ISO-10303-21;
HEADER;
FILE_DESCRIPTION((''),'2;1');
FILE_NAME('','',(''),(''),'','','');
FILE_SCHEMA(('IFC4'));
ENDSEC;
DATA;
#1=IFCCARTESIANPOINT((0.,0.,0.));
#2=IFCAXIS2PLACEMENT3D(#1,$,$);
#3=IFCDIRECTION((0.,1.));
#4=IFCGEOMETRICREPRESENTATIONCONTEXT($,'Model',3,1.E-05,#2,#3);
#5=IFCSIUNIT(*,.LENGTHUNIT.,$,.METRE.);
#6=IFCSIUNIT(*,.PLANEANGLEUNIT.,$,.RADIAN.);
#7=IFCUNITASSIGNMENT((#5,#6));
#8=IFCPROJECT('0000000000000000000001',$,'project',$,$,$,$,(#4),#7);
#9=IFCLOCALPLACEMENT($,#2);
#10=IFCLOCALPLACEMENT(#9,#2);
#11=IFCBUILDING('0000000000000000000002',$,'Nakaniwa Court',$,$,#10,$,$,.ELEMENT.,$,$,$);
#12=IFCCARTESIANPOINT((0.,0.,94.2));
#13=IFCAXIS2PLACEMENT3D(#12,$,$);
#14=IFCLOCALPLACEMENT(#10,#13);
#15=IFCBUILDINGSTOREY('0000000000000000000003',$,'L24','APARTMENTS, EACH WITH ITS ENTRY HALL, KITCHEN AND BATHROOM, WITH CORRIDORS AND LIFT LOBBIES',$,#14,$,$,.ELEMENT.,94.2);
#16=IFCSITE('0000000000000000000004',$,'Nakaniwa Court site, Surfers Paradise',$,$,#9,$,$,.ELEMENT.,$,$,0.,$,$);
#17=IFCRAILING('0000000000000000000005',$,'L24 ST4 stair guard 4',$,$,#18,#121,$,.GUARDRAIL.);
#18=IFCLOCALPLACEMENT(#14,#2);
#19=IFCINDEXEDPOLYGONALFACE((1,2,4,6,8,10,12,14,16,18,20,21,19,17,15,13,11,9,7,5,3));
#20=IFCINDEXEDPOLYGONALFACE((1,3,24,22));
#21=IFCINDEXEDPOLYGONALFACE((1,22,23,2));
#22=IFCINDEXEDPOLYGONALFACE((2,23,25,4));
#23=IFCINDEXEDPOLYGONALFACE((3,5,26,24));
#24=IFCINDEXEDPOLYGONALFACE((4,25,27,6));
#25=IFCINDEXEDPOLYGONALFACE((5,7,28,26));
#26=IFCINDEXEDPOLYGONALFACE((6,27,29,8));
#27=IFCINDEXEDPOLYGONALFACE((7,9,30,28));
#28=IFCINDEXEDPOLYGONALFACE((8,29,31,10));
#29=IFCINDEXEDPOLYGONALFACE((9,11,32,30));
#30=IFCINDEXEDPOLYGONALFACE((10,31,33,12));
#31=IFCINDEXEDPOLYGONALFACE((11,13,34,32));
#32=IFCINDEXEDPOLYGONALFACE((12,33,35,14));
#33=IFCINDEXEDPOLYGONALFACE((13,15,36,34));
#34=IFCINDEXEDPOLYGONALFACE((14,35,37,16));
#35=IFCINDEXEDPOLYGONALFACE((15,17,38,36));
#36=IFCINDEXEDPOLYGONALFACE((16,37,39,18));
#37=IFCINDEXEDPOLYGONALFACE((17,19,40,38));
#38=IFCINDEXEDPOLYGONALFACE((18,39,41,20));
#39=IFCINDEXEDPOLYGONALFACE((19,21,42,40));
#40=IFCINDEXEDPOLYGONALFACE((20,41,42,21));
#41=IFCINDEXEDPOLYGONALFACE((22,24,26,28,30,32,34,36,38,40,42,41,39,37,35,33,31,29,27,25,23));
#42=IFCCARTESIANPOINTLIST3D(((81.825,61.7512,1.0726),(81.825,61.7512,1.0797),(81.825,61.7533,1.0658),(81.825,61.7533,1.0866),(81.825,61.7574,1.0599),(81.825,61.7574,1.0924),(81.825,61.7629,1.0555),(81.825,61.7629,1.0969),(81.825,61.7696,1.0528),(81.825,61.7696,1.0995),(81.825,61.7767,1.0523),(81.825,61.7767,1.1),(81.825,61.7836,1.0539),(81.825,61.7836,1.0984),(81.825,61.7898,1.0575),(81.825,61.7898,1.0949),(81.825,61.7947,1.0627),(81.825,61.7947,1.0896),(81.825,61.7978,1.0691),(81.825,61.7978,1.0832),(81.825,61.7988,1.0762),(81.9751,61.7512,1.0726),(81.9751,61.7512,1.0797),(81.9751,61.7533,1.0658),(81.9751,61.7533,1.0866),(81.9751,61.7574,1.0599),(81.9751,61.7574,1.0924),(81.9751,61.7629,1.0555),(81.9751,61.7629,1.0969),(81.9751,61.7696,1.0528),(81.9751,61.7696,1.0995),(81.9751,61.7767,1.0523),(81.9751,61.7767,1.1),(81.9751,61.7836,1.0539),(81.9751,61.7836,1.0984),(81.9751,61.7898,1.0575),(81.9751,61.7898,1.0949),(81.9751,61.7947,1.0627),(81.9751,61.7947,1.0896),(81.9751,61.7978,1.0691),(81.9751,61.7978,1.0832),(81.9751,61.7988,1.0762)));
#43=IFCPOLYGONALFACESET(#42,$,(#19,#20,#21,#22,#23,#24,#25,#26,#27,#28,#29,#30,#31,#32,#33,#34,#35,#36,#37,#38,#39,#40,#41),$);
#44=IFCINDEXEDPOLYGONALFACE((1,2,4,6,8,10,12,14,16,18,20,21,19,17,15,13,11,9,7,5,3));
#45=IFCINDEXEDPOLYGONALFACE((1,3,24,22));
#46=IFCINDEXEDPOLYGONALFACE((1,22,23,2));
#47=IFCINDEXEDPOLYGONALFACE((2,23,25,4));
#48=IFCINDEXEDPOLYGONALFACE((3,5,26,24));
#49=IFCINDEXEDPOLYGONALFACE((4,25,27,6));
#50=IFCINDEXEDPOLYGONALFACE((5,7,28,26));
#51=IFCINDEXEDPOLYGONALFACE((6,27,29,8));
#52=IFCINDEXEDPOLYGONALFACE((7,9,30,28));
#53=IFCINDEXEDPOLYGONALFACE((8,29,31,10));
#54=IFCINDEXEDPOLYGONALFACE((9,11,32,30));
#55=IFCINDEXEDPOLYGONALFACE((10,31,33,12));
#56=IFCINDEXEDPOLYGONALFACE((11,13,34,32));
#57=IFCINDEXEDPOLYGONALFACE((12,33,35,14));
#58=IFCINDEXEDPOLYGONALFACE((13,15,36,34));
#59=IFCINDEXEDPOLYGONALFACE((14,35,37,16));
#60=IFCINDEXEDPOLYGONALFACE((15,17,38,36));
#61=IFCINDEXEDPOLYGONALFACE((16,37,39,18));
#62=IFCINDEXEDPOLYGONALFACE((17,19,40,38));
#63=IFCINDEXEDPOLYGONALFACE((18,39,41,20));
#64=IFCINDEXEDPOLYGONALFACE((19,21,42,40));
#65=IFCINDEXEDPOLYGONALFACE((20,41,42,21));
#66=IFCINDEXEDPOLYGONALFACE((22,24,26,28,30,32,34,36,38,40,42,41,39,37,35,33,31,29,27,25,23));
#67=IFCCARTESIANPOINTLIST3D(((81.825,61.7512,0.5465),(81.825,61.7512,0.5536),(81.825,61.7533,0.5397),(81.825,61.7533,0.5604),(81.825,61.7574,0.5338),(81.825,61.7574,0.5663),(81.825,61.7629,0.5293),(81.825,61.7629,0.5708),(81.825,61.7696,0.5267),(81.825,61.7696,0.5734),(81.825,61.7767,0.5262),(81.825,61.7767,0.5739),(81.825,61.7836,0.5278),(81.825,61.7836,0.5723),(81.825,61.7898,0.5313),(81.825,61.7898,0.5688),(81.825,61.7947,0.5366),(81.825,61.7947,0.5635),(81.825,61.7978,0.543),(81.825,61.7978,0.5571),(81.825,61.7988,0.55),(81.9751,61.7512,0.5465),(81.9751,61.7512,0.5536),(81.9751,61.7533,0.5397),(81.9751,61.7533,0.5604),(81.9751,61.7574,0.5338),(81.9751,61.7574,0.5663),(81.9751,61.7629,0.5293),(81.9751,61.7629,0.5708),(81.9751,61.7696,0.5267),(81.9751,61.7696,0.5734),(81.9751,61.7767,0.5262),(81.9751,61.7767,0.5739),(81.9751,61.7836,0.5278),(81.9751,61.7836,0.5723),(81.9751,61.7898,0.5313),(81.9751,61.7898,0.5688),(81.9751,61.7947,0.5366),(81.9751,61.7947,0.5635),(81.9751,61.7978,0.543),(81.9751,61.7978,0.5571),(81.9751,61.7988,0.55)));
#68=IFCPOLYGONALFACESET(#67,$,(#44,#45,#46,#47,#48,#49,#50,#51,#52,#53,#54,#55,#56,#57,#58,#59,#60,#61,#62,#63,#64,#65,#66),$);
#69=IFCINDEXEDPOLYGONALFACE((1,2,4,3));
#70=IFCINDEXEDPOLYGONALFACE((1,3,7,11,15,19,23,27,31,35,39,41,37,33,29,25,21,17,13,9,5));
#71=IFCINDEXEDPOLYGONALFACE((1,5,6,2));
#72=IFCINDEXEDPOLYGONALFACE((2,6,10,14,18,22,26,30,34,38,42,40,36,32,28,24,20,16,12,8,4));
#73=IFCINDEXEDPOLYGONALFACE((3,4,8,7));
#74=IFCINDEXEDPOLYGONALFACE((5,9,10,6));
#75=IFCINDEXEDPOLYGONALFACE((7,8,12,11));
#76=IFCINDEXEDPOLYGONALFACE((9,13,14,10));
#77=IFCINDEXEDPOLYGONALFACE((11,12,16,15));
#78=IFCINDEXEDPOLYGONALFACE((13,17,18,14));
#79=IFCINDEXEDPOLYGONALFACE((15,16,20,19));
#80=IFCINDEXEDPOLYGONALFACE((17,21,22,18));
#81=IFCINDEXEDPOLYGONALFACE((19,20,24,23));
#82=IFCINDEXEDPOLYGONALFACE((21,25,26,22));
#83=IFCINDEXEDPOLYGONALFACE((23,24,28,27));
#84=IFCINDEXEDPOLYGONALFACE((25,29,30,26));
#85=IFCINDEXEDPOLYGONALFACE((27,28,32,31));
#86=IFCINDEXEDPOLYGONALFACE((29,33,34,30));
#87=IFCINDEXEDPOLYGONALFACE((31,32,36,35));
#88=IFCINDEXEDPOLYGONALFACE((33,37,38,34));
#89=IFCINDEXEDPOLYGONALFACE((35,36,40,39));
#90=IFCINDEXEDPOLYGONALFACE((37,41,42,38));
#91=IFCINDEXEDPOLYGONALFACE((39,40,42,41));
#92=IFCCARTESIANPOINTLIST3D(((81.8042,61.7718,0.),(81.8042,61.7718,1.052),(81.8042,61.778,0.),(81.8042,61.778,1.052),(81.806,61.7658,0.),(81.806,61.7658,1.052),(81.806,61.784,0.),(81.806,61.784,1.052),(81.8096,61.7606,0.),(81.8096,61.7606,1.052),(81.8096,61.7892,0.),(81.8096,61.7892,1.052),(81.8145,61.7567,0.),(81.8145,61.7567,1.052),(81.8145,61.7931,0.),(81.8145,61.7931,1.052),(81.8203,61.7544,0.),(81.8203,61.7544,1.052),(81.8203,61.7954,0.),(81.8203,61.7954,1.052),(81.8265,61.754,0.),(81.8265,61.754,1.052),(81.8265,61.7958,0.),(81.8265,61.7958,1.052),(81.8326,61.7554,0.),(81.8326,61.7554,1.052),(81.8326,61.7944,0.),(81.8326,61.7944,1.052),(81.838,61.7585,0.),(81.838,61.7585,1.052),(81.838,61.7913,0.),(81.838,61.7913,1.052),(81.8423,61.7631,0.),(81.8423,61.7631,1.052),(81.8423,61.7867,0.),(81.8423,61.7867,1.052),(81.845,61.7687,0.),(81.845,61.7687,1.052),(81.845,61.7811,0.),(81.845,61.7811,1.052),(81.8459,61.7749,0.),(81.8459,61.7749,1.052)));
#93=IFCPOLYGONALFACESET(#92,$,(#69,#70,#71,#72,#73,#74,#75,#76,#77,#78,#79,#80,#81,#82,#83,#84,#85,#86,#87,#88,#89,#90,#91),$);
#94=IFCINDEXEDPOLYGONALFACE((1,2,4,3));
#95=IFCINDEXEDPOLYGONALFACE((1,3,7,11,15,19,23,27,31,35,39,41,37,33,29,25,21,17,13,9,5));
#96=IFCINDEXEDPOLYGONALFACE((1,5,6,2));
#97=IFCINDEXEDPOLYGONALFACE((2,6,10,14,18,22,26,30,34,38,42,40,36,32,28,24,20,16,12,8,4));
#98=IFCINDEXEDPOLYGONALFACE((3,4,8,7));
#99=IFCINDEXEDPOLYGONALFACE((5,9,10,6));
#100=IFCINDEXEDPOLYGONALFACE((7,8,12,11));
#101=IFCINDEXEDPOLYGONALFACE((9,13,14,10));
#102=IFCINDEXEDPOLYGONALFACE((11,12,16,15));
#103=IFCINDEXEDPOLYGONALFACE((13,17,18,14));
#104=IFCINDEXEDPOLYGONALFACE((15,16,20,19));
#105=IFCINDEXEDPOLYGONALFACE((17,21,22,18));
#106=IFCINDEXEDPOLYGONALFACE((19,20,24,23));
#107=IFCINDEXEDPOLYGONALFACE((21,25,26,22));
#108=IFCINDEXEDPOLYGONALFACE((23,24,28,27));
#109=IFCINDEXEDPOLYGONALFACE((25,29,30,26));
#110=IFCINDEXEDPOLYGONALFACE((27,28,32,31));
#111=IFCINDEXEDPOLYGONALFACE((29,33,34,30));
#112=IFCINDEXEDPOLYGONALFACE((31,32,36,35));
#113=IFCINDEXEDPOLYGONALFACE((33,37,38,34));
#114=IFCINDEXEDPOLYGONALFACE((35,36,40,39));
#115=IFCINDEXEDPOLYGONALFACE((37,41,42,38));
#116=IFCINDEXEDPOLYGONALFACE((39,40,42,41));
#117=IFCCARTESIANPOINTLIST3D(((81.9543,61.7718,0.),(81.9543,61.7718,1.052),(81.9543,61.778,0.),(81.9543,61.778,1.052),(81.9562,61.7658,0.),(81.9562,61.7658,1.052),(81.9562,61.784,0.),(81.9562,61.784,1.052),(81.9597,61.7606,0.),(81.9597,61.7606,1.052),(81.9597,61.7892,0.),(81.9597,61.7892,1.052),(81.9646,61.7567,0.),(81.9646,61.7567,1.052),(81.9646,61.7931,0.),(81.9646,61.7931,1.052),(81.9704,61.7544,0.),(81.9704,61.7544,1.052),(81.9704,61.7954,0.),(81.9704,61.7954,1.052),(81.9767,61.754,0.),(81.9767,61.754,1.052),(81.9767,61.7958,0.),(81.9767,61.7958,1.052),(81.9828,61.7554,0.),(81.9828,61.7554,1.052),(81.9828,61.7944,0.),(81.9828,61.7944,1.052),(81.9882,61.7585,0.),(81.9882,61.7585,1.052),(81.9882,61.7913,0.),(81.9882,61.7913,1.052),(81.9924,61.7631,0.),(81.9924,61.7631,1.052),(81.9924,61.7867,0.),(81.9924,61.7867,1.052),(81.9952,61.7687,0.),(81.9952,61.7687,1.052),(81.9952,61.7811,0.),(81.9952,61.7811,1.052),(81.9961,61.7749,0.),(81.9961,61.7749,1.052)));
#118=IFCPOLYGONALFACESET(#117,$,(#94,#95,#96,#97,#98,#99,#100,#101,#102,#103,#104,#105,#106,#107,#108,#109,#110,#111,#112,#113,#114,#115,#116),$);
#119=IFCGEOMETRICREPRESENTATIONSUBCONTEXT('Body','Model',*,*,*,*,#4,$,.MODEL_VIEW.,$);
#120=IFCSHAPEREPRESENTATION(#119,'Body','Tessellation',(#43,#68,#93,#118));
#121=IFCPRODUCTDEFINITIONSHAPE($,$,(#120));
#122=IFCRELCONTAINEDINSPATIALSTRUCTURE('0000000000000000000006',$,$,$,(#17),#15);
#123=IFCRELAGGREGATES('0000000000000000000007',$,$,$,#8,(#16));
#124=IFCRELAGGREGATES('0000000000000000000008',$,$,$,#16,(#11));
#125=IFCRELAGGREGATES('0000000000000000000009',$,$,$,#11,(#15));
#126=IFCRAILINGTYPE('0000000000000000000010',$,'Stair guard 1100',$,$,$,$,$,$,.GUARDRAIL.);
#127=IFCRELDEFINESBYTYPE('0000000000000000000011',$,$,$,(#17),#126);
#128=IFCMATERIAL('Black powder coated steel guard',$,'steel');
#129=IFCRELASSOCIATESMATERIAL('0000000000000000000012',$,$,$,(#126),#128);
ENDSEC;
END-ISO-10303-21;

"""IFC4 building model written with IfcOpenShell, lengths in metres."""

from ifc_helpers import new_model, si_unit, direction, frame, origin, origin_2d, place, context, subcontext, project, spatial, circle, extrude, material, type_object, element, save


model = new_model("IFC4")

# Units and contexts
model_context = context("Model", 3, precision=1e-05, world=origin(), true_north=direction((0.0, 1.0)))
body_context = subcontext(model_context, "Body", "Model", "MODEL_VIEW")
ifc_project = project(units=[si_unit("LENGTHUNIT", "METRE"), si_unit("PLANEANGLEUNIT", "RADIAN")], contexts=[model_context])

# Site, building, storey
site_placement = place(None, origin())
site = spatial("IfcSite", under=ifc_project, at=site_placement, Name="Nakaniwa Court site, Surfers Paradise", CompositionType="ELEMENT", RefElevation=0.0)
building_placement = place(site_placement, origin())
building = spatial("IfcBuilding", under=site, at=building_placement, Name="Nakaniwa Court", CompositionType="ELEMENT")
storey_placement = place(building_placement, frame((0.0, 0.0, 94.2)))
storey = spatial("IfcBuildingStorey", under=building, at=storey_placement, Name="L24", Description="APARTMENTS, EACH WITH ITS ENTRY HALL, KITCHEN AND BATHROOM, WITH CORRIDORS AND LIFT LOBBIES", CompositionType="ELEMENT", Elevation=94.2)

# Railing
ifc_material_1 = material(Name="Black powder coated steel guard", Category="steel")
railing_type_1 = type_object("IfcRailingType", Name="Stair guard 1100", PredefinedType="GUARDRAIL", material=ifc_material_1)
railing_1_placement = place(storey_placement, frame((81.825, 61.7749, 0.0)))
element("IfcRailing", 1, at=railing_1_placement, inside=storey, type_object=railing_type_1, Name="L24 ST4 stair guard 4", PredefinedType="GUARDRAIL", context=body_context, shape_type="SweptSolid", body=[
    extrude(circle(Radius=0.0239, at=origin_2d()), frame((0.0, 0.0, 1.0762), z_axis=(1.0, 0.0, 0.0), x_axis=(0.0, 1.0, 0.0)), (0.0, 0.0, 1.0), 0.1501),
    extrude(circle(Radius=0.0239, at=origin_2d()), frame((0.0, 0.0, 0.55), z_axis=(1.0, 0.0, 0.0), x_axis=(0.0, 1.0, 0.0)), (0.0, 0.0, 1.0), 0.1501),
    extrude(circle(Radius=0.021, at=origin_2d()), origin(), (0.0, 0.0, 1.0), 1.052),
    extrude(circle(Radius=0.021, at=origin_2d()), frame((0.1501, 0.0, 0.0)), (0.0, 0.0, 1.0), 1.052),
])

save(model, "model.ifc")
